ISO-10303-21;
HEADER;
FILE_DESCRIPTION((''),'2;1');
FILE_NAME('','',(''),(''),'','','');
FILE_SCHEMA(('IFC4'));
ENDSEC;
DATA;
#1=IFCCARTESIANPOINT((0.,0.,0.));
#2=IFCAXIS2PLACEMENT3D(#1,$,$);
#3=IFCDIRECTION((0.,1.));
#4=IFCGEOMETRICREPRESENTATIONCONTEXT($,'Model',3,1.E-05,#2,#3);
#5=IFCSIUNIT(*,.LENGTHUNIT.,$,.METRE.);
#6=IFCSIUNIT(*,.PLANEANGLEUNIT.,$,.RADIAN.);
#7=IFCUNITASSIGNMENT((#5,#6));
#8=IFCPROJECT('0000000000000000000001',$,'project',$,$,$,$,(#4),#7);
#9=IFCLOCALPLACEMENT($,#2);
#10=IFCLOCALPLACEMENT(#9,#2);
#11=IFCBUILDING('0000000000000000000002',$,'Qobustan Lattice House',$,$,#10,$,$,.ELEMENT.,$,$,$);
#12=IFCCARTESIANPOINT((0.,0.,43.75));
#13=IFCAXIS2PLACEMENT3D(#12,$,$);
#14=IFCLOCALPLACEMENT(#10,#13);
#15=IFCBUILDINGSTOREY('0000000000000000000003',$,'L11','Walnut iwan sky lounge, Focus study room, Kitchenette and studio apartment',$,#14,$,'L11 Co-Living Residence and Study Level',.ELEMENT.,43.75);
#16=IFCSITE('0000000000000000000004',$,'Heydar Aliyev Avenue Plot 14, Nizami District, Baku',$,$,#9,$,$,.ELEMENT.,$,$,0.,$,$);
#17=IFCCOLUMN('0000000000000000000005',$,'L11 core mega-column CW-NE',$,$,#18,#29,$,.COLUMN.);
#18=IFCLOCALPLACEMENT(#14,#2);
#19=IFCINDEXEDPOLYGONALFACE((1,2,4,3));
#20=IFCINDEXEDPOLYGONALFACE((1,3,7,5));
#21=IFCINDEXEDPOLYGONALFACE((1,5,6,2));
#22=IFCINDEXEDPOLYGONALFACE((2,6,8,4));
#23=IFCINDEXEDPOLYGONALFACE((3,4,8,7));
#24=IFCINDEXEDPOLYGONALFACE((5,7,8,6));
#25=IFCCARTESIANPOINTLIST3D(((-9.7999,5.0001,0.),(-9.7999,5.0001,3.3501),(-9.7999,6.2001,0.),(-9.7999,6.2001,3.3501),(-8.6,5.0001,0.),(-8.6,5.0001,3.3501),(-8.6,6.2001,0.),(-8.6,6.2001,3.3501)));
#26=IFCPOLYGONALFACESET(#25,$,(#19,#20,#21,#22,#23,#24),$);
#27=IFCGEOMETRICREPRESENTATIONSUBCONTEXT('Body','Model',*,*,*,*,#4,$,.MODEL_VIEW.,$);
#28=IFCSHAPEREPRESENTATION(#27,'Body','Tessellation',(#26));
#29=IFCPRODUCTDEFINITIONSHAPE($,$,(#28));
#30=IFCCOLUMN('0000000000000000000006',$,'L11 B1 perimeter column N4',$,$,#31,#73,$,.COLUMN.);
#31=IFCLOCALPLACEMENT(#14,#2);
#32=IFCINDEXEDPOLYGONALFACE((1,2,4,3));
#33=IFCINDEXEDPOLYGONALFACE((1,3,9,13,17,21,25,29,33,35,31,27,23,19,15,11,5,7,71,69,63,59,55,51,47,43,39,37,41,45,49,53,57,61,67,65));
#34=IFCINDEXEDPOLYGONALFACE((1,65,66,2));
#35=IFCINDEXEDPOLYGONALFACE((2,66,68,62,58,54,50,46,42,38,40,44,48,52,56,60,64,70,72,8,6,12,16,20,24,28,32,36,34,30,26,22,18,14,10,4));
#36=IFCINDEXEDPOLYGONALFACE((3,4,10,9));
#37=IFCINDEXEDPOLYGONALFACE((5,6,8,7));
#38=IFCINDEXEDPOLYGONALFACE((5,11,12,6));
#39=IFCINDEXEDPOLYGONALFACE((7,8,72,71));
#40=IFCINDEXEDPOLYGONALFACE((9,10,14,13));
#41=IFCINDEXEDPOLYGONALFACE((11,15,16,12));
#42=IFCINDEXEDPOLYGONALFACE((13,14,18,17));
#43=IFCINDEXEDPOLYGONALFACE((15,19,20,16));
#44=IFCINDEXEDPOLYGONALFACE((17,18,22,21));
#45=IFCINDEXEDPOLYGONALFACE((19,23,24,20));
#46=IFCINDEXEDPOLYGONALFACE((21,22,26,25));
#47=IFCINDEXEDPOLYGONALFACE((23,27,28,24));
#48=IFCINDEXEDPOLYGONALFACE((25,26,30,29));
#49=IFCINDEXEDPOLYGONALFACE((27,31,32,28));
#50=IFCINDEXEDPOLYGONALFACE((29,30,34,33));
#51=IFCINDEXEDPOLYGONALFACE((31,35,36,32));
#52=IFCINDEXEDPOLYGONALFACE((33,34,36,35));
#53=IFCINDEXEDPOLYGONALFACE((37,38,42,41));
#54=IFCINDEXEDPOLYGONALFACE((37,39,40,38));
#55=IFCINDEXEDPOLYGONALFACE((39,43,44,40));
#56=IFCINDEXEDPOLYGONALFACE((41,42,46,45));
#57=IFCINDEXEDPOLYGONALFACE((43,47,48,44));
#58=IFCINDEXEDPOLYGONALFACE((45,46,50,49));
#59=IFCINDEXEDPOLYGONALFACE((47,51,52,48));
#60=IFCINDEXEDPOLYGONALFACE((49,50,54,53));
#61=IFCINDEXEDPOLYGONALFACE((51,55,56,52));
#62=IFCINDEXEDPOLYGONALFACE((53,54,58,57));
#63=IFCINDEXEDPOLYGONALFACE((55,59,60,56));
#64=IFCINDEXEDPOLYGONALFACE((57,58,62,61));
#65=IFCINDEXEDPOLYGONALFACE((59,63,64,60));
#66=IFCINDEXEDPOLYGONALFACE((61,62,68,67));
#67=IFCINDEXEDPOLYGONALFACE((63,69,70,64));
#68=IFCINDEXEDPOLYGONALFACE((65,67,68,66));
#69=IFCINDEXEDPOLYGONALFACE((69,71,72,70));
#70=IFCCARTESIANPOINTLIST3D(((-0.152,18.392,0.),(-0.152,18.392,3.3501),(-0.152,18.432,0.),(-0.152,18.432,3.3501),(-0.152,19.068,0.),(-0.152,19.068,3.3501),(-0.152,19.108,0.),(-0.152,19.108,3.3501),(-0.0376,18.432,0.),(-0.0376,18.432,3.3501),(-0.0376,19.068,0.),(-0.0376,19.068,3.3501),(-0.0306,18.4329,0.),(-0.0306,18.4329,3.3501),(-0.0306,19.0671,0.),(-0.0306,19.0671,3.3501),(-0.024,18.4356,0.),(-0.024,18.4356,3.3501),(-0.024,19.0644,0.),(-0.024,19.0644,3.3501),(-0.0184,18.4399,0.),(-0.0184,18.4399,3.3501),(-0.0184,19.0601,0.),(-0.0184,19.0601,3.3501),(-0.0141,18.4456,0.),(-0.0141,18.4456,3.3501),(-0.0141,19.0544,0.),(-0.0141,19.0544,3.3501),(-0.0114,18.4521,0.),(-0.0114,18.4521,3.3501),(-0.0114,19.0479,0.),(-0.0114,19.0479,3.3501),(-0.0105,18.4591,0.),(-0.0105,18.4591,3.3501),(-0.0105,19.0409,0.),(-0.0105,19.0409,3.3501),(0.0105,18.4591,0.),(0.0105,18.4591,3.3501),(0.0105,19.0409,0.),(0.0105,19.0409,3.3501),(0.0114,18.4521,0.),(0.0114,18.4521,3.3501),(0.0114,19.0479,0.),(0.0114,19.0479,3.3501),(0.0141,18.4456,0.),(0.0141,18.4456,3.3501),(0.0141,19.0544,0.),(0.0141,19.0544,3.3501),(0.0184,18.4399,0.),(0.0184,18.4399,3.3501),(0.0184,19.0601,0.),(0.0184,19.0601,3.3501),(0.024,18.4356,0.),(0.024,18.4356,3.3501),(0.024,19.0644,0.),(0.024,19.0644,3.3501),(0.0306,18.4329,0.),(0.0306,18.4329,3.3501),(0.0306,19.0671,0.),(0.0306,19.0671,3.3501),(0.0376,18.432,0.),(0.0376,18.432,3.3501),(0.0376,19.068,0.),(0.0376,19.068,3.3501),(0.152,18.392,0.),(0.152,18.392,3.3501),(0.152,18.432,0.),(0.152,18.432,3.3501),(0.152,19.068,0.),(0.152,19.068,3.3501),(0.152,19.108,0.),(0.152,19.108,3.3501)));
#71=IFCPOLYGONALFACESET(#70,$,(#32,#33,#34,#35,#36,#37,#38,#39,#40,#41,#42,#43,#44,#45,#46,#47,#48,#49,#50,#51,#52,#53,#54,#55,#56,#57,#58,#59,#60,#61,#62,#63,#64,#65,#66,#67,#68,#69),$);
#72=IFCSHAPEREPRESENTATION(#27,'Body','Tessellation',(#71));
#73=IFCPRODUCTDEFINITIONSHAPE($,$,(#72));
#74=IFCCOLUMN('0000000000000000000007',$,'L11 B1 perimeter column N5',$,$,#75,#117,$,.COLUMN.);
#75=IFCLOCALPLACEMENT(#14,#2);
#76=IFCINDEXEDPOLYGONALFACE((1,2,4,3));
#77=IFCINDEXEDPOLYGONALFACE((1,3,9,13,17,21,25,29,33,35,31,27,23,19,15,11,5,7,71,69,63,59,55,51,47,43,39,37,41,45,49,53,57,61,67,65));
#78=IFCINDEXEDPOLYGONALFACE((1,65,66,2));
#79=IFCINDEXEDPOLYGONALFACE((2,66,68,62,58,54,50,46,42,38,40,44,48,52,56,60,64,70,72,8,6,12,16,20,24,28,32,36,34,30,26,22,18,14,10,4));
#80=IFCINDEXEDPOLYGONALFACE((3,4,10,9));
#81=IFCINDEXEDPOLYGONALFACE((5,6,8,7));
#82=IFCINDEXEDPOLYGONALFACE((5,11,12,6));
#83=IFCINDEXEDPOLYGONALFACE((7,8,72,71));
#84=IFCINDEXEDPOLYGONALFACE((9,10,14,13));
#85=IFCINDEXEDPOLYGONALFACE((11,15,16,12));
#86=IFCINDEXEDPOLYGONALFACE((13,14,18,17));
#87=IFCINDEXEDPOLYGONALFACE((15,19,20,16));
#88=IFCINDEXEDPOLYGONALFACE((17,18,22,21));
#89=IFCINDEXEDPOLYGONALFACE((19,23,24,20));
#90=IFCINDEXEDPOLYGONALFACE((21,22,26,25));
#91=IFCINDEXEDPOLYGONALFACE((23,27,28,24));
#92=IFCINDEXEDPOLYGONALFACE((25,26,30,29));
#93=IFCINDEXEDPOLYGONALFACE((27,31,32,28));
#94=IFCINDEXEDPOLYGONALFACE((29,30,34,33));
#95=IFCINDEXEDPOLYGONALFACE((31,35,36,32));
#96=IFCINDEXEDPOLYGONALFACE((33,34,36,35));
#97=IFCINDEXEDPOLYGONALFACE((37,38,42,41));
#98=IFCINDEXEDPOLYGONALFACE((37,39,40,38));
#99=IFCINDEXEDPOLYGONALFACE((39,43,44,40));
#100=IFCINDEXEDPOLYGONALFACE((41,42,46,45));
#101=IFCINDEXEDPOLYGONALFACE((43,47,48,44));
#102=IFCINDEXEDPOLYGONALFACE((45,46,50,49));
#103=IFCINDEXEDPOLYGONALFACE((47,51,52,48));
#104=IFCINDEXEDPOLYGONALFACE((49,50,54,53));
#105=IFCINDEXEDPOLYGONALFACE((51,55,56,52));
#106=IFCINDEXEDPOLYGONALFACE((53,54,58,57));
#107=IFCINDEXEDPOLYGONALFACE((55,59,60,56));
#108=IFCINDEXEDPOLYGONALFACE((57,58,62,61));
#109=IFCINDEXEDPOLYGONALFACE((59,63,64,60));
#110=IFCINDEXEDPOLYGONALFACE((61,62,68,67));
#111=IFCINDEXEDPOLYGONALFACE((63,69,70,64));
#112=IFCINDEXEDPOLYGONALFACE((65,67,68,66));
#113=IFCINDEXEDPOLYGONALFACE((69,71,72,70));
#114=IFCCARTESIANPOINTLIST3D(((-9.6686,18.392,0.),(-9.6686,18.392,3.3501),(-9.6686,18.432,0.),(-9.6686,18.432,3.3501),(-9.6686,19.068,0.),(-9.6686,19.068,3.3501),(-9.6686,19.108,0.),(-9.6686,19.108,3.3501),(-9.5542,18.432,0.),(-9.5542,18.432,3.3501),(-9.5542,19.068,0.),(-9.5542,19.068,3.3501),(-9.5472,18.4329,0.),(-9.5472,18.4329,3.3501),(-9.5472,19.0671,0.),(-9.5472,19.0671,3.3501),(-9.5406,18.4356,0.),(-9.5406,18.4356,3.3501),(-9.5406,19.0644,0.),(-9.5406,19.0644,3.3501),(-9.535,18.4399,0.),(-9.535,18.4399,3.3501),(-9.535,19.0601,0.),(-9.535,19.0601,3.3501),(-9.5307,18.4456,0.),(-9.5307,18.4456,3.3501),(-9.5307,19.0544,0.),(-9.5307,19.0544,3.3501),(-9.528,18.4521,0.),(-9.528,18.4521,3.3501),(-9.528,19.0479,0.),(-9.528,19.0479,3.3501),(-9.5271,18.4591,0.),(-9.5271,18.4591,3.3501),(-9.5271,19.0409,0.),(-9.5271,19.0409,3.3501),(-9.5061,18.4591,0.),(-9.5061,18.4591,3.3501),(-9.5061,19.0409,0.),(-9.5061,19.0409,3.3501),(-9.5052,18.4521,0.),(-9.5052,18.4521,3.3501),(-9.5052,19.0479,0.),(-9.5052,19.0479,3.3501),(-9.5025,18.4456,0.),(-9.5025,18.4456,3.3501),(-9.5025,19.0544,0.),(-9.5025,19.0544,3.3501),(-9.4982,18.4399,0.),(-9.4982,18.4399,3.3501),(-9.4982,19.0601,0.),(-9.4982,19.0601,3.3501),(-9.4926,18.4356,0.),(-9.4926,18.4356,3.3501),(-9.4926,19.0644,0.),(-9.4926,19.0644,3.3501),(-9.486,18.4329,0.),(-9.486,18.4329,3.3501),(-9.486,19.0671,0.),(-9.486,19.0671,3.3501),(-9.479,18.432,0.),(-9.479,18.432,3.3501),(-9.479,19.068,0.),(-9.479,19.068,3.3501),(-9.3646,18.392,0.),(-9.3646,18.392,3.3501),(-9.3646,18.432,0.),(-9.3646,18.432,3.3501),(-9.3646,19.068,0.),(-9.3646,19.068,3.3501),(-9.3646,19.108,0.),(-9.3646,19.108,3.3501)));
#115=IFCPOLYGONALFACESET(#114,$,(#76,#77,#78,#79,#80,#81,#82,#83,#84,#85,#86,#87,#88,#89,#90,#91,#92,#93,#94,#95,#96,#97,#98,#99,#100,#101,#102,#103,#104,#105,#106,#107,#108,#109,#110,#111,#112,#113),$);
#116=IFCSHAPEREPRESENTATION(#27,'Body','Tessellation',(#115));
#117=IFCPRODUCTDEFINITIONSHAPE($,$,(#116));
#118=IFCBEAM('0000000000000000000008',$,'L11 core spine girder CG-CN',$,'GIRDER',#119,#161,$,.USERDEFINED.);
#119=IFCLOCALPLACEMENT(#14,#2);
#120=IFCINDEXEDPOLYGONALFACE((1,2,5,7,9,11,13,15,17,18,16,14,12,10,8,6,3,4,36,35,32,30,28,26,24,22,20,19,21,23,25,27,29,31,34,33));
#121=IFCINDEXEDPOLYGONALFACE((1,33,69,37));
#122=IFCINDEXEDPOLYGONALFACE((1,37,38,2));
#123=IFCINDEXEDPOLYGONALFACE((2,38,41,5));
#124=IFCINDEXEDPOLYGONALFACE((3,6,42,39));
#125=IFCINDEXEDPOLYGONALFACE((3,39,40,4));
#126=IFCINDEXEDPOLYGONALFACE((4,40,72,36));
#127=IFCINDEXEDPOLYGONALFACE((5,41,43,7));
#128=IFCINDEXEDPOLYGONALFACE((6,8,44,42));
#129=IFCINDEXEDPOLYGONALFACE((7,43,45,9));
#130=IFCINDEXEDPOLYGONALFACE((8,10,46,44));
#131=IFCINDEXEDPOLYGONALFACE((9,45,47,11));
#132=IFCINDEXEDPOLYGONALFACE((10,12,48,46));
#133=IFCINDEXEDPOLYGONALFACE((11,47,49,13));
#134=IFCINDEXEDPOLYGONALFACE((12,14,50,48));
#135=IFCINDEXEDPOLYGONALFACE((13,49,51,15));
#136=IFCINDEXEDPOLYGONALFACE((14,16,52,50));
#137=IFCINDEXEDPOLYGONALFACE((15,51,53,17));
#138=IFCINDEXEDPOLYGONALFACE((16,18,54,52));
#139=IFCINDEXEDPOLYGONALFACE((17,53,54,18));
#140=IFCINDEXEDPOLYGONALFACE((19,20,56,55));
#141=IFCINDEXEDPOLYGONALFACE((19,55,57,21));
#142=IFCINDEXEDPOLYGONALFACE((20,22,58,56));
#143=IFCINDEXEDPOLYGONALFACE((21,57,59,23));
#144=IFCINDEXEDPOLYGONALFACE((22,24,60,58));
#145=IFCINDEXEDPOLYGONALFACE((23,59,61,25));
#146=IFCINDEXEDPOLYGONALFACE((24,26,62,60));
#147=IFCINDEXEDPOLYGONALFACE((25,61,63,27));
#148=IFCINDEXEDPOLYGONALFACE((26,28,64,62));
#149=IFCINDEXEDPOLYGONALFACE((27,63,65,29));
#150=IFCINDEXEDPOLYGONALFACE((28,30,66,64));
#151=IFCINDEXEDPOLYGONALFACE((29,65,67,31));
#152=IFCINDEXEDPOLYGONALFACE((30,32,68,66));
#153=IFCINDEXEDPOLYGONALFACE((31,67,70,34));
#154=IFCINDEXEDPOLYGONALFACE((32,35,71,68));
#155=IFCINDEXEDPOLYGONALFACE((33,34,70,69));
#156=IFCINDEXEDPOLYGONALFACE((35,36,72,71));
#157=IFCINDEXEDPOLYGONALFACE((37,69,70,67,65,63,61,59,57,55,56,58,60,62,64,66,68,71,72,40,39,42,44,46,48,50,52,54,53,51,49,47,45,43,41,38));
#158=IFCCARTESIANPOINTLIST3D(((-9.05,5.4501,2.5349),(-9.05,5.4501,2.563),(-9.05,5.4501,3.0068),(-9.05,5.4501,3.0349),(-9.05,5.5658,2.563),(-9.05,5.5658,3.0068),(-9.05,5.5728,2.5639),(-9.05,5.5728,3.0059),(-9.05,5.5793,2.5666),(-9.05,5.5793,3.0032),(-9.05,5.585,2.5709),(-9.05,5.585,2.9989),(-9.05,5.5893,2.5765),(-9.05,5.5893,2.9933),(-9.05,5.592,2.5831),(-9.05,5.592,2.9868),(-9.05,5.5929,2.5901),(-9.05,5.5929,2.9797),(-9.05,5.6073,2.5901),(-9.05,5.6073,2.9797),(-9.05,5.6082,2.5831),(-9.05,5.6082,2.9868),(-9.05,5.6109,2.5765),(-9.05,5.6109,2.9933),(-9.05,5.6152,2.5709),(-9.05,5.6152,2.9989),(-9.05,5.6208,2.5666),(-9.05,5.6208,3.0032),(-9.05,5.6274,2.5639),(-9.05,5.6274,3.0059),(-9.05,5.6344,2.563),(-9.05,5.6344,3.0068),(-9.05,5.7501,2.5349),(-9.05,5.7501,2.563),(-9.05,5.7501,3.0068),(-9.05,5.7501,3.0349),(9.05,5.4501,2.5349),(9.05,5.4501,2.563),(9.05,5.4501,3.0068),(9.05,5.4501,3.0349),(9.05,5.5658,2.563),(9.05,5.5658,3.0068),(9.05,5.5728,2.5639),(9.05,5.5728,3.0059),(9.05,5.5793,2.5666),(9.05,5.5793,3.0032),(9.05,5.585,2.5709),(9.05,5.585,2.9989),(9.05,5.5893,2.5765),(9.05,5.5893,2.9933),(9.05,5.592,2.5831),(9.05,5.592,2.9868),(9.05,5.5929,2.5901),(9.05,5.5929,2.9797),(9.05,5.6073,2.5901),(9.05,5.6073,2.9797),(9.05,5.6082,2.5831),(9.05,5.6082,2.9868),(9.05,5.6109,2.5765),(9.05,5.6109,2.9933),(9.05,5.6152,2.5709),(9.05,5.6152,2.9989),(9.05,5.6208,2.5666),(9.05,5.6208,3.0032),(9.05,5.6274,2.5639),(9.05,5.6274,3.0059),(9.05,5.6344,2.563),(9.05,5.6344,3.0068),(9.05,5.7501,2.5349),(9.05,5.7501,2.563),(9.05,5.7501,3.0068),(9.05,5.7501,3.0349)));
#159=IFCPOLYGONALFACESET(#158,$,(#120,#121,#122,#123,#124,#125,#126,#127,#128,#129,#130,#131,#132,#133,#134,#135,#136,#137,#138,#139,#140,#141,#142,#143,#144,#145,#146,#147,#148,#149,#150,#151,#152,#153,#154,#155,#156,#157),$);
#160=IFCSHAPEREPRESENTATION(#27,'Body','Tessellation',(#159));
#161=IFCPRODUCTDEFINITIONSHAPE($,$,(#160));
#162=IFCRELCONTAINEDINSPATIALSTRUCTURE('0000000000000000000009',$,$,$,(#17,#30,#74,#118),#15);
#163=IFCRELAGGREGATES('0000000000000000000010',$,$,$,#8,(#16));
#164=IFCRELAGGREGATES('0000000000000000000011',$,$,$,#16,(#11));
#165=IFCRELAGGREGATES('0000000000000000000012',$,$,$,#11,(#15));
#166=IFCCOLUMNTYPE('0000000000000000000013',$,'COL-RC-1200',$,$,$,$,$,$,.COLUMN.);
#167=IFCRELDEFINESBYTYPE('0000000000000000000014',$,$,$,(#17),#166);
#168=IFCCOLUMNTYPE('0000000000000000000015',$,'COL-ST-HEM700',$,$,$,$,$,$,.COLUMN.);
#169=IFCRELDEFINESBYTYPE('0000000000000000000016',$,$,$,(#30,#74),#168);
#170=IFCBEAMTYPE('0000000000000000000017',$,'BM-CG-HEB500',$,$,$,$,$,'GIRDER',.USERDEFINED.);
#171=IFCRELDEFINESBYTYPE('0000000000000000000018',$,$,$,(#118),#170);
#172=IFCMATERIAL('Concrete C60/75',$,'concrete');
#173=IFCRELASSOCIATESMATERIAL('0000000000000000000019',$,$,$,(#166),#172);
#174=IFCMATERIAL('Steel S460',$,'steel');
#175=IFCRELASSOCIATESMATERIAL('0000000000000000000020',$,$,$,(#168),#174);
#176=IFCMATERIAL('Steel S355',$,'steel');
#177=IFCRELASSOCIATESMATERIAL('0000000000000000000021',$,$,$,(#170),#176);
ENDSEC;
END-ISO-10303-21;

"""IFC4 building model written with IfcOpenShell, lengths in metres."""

from ifc_helpers import new_model, si_unit, direction, frame, origin, origin_2d, place, context, subcontext, project, spatial, rectangle, i_section, extrude, material, material_profile, profile_set, type_object, element, save


model = new_model("IFC4")

# Units and contexts
model_context = context("Model", 3, precision=1e-05, world=origin(), true_north=direction((0.0, 1.0)))
body_context = subcontext(model_context, "Body", "Model", "MODEL_VIEW")
ifc_project = project(units=[si_unit("LENGTHUNIT", "METRE"), si_unit("PLANEANGLEUNIT", "RADIAN")], contexts=[model_context])

# Site, building, storey
site_placement = place(None, origin())
site = spatial("IfcSite", under=ifc_project, at=site_placement, Name="Heydar Aliyev Avenue Plot 14, Nizami District, Baku", CompositionType="ELEMENT", RefElevation=0.0)
building_placement = place(site_placement, origin())
building = spatial("IfcBuilding", under=site, at=building_placement, Name="Qobustan Lattice House", CompositionType="ELEMENT")
storey_placement = place(building_placement, frame((0.0, 0.0, 43.75)))
storey = spatial("IfcBuildingStorey", under=building, at=storey_placement, Name="L11", Description="Walnut iwan sky lounge, Focus study room, Kitchenette and studio apartment", LongName="L11 Co-Living Residence and Study Level", CompositionType="ELEMENT", Elevation=43.75)

# Columns
ifc_material_1 = material(Name="Concrete C60/75", Category="concrete")
ifc_material_profile_1 = material_profile(ifc_material_1, rectangle(XDim=1.2, YDim=1.2, at=origin_2d()), Name="RC1200x1200")
ifc_profile_set_1 = profile_set([ifc_material_profile_1], Name="Concrete C60/75")
column_type_1 = type_object("IfcColumnType", Name="COL-RC-1200", PredefinedType="COLUMN", material=ifc_profile_set_1)
column_placement = place(storey_placement, frame((-9.2, 5.6001, 0.0), z_axis=(0.0, 0.0, 1.0), x_axis=(1.0, 0.0, 0.0)))
element("IfcColumn", 1, at=column_placement, inside=storey, type_object=column_type_1, Name="L11 core mega-column CW-NE", PredefinedType="COLUMN", context=body_context, shape_type="SweptSolid", body=[
    extrude(rectangle(XDim=1.2, YDim=1.2, at=origin_2d()), origin(), (0.0, 0.0, 1.0), 3.3501),
])
ifc_material_2 = material(Name="Steel S460", Category="steel")
ifc_material_profile_2 = material_profile(ifc_material_2, i_section(OverallWidth=0.304, OverallDepth=0.7161, WebThickness=0.021, FlangeThickness=0.04, FilletRadius=0.0271, at=origin_2d()), Name="HEM700")
ifc_profile_set_2 = profile_set([ifc_material_profile_2], Name="Steel S460")
column_type_2 = type_object("IfcColumnType", Name="COL-ST-HEM700", PredefinedType="COLUMN", material=ifc_profile_set_2)
for number, where, z_axis, x_axis, name in (
    (2, (0.0, 18.75, 0.0), (0.0, 0.0, 1.0), (1.0, 0.0, 0.0), "L11 B1 perimeter column N4"),
    (3, (-9.5166, 18.75, 0.0), (0.0, 0.0, 1.0), (1.0, 0.0, 0.0), "L11 B1 perimeter column N5"),
):
    element("IfcColumn", number, at=place(storey_placement, frame(where, z_axis=z_axis, x_axis=x_axis)), inside=storey, type_object=column_type_2, Name=name, PredefinedType="COLUMN", context=body_context, shape_type="SweptSolid", body=[
        extrude(i_section(OverallWidth=0.304, OverallDepth=0.7161, WebThickness=0.021, FlangeThickness=0.04, FilletRadius=0.0271, at=origin_2d()), origin(), (0.0, 0.0, 1.0), 3.3501),
    ])

# Beam
ifc_material_3 = material(Name="Steel S355", Category="steel")
ifc_material_profile_3 = material_profile(ifc_material_3, i_section(OverallWidth=0.3, OverallDepth=0.5, WebThickness=0.0144, FlangeThickness=0.0281, FilletRadius=0.0271, at=origin_2d()), Name="HEB500")
ifc_profile_set_3 = profile_set([ifc_material_profile_3], Name="Steel S355")
beam_type_1 = type_object("IfcBeamType", Name="BM-CG-HEB500", ElementType="GIRDER", PredefinedType="USERDEFINED", material=ifc_profile_set_3)
beam_1_placement = place(storey_placement, frame((-9.05, 5.6001, 2.7849), z_axis=(1.0, 0.0, 0.0), x_axis=(0.0, 1.0, 0.0)))
element("IfcBeam", 4, at=beam_1_placement, inside=storey, type_object=beam_type_1, Name="L11 core spine girder CG-CN", ObjectType="GIRDER", PredefinedType="USERDEFINED", context=body_context, shape_type="SweptSolid", body=[
    extrude(i_section(OverallWidth=0.3, OverallDepth=0.5, WebThickness=0.0144, FlangeThickness=0.0281, FilletRadius=0.0271, at=origin_2d()), origin(), (0.0, 0.0, 1.0), 18.1001),
])

save(model, "model.ifc")
